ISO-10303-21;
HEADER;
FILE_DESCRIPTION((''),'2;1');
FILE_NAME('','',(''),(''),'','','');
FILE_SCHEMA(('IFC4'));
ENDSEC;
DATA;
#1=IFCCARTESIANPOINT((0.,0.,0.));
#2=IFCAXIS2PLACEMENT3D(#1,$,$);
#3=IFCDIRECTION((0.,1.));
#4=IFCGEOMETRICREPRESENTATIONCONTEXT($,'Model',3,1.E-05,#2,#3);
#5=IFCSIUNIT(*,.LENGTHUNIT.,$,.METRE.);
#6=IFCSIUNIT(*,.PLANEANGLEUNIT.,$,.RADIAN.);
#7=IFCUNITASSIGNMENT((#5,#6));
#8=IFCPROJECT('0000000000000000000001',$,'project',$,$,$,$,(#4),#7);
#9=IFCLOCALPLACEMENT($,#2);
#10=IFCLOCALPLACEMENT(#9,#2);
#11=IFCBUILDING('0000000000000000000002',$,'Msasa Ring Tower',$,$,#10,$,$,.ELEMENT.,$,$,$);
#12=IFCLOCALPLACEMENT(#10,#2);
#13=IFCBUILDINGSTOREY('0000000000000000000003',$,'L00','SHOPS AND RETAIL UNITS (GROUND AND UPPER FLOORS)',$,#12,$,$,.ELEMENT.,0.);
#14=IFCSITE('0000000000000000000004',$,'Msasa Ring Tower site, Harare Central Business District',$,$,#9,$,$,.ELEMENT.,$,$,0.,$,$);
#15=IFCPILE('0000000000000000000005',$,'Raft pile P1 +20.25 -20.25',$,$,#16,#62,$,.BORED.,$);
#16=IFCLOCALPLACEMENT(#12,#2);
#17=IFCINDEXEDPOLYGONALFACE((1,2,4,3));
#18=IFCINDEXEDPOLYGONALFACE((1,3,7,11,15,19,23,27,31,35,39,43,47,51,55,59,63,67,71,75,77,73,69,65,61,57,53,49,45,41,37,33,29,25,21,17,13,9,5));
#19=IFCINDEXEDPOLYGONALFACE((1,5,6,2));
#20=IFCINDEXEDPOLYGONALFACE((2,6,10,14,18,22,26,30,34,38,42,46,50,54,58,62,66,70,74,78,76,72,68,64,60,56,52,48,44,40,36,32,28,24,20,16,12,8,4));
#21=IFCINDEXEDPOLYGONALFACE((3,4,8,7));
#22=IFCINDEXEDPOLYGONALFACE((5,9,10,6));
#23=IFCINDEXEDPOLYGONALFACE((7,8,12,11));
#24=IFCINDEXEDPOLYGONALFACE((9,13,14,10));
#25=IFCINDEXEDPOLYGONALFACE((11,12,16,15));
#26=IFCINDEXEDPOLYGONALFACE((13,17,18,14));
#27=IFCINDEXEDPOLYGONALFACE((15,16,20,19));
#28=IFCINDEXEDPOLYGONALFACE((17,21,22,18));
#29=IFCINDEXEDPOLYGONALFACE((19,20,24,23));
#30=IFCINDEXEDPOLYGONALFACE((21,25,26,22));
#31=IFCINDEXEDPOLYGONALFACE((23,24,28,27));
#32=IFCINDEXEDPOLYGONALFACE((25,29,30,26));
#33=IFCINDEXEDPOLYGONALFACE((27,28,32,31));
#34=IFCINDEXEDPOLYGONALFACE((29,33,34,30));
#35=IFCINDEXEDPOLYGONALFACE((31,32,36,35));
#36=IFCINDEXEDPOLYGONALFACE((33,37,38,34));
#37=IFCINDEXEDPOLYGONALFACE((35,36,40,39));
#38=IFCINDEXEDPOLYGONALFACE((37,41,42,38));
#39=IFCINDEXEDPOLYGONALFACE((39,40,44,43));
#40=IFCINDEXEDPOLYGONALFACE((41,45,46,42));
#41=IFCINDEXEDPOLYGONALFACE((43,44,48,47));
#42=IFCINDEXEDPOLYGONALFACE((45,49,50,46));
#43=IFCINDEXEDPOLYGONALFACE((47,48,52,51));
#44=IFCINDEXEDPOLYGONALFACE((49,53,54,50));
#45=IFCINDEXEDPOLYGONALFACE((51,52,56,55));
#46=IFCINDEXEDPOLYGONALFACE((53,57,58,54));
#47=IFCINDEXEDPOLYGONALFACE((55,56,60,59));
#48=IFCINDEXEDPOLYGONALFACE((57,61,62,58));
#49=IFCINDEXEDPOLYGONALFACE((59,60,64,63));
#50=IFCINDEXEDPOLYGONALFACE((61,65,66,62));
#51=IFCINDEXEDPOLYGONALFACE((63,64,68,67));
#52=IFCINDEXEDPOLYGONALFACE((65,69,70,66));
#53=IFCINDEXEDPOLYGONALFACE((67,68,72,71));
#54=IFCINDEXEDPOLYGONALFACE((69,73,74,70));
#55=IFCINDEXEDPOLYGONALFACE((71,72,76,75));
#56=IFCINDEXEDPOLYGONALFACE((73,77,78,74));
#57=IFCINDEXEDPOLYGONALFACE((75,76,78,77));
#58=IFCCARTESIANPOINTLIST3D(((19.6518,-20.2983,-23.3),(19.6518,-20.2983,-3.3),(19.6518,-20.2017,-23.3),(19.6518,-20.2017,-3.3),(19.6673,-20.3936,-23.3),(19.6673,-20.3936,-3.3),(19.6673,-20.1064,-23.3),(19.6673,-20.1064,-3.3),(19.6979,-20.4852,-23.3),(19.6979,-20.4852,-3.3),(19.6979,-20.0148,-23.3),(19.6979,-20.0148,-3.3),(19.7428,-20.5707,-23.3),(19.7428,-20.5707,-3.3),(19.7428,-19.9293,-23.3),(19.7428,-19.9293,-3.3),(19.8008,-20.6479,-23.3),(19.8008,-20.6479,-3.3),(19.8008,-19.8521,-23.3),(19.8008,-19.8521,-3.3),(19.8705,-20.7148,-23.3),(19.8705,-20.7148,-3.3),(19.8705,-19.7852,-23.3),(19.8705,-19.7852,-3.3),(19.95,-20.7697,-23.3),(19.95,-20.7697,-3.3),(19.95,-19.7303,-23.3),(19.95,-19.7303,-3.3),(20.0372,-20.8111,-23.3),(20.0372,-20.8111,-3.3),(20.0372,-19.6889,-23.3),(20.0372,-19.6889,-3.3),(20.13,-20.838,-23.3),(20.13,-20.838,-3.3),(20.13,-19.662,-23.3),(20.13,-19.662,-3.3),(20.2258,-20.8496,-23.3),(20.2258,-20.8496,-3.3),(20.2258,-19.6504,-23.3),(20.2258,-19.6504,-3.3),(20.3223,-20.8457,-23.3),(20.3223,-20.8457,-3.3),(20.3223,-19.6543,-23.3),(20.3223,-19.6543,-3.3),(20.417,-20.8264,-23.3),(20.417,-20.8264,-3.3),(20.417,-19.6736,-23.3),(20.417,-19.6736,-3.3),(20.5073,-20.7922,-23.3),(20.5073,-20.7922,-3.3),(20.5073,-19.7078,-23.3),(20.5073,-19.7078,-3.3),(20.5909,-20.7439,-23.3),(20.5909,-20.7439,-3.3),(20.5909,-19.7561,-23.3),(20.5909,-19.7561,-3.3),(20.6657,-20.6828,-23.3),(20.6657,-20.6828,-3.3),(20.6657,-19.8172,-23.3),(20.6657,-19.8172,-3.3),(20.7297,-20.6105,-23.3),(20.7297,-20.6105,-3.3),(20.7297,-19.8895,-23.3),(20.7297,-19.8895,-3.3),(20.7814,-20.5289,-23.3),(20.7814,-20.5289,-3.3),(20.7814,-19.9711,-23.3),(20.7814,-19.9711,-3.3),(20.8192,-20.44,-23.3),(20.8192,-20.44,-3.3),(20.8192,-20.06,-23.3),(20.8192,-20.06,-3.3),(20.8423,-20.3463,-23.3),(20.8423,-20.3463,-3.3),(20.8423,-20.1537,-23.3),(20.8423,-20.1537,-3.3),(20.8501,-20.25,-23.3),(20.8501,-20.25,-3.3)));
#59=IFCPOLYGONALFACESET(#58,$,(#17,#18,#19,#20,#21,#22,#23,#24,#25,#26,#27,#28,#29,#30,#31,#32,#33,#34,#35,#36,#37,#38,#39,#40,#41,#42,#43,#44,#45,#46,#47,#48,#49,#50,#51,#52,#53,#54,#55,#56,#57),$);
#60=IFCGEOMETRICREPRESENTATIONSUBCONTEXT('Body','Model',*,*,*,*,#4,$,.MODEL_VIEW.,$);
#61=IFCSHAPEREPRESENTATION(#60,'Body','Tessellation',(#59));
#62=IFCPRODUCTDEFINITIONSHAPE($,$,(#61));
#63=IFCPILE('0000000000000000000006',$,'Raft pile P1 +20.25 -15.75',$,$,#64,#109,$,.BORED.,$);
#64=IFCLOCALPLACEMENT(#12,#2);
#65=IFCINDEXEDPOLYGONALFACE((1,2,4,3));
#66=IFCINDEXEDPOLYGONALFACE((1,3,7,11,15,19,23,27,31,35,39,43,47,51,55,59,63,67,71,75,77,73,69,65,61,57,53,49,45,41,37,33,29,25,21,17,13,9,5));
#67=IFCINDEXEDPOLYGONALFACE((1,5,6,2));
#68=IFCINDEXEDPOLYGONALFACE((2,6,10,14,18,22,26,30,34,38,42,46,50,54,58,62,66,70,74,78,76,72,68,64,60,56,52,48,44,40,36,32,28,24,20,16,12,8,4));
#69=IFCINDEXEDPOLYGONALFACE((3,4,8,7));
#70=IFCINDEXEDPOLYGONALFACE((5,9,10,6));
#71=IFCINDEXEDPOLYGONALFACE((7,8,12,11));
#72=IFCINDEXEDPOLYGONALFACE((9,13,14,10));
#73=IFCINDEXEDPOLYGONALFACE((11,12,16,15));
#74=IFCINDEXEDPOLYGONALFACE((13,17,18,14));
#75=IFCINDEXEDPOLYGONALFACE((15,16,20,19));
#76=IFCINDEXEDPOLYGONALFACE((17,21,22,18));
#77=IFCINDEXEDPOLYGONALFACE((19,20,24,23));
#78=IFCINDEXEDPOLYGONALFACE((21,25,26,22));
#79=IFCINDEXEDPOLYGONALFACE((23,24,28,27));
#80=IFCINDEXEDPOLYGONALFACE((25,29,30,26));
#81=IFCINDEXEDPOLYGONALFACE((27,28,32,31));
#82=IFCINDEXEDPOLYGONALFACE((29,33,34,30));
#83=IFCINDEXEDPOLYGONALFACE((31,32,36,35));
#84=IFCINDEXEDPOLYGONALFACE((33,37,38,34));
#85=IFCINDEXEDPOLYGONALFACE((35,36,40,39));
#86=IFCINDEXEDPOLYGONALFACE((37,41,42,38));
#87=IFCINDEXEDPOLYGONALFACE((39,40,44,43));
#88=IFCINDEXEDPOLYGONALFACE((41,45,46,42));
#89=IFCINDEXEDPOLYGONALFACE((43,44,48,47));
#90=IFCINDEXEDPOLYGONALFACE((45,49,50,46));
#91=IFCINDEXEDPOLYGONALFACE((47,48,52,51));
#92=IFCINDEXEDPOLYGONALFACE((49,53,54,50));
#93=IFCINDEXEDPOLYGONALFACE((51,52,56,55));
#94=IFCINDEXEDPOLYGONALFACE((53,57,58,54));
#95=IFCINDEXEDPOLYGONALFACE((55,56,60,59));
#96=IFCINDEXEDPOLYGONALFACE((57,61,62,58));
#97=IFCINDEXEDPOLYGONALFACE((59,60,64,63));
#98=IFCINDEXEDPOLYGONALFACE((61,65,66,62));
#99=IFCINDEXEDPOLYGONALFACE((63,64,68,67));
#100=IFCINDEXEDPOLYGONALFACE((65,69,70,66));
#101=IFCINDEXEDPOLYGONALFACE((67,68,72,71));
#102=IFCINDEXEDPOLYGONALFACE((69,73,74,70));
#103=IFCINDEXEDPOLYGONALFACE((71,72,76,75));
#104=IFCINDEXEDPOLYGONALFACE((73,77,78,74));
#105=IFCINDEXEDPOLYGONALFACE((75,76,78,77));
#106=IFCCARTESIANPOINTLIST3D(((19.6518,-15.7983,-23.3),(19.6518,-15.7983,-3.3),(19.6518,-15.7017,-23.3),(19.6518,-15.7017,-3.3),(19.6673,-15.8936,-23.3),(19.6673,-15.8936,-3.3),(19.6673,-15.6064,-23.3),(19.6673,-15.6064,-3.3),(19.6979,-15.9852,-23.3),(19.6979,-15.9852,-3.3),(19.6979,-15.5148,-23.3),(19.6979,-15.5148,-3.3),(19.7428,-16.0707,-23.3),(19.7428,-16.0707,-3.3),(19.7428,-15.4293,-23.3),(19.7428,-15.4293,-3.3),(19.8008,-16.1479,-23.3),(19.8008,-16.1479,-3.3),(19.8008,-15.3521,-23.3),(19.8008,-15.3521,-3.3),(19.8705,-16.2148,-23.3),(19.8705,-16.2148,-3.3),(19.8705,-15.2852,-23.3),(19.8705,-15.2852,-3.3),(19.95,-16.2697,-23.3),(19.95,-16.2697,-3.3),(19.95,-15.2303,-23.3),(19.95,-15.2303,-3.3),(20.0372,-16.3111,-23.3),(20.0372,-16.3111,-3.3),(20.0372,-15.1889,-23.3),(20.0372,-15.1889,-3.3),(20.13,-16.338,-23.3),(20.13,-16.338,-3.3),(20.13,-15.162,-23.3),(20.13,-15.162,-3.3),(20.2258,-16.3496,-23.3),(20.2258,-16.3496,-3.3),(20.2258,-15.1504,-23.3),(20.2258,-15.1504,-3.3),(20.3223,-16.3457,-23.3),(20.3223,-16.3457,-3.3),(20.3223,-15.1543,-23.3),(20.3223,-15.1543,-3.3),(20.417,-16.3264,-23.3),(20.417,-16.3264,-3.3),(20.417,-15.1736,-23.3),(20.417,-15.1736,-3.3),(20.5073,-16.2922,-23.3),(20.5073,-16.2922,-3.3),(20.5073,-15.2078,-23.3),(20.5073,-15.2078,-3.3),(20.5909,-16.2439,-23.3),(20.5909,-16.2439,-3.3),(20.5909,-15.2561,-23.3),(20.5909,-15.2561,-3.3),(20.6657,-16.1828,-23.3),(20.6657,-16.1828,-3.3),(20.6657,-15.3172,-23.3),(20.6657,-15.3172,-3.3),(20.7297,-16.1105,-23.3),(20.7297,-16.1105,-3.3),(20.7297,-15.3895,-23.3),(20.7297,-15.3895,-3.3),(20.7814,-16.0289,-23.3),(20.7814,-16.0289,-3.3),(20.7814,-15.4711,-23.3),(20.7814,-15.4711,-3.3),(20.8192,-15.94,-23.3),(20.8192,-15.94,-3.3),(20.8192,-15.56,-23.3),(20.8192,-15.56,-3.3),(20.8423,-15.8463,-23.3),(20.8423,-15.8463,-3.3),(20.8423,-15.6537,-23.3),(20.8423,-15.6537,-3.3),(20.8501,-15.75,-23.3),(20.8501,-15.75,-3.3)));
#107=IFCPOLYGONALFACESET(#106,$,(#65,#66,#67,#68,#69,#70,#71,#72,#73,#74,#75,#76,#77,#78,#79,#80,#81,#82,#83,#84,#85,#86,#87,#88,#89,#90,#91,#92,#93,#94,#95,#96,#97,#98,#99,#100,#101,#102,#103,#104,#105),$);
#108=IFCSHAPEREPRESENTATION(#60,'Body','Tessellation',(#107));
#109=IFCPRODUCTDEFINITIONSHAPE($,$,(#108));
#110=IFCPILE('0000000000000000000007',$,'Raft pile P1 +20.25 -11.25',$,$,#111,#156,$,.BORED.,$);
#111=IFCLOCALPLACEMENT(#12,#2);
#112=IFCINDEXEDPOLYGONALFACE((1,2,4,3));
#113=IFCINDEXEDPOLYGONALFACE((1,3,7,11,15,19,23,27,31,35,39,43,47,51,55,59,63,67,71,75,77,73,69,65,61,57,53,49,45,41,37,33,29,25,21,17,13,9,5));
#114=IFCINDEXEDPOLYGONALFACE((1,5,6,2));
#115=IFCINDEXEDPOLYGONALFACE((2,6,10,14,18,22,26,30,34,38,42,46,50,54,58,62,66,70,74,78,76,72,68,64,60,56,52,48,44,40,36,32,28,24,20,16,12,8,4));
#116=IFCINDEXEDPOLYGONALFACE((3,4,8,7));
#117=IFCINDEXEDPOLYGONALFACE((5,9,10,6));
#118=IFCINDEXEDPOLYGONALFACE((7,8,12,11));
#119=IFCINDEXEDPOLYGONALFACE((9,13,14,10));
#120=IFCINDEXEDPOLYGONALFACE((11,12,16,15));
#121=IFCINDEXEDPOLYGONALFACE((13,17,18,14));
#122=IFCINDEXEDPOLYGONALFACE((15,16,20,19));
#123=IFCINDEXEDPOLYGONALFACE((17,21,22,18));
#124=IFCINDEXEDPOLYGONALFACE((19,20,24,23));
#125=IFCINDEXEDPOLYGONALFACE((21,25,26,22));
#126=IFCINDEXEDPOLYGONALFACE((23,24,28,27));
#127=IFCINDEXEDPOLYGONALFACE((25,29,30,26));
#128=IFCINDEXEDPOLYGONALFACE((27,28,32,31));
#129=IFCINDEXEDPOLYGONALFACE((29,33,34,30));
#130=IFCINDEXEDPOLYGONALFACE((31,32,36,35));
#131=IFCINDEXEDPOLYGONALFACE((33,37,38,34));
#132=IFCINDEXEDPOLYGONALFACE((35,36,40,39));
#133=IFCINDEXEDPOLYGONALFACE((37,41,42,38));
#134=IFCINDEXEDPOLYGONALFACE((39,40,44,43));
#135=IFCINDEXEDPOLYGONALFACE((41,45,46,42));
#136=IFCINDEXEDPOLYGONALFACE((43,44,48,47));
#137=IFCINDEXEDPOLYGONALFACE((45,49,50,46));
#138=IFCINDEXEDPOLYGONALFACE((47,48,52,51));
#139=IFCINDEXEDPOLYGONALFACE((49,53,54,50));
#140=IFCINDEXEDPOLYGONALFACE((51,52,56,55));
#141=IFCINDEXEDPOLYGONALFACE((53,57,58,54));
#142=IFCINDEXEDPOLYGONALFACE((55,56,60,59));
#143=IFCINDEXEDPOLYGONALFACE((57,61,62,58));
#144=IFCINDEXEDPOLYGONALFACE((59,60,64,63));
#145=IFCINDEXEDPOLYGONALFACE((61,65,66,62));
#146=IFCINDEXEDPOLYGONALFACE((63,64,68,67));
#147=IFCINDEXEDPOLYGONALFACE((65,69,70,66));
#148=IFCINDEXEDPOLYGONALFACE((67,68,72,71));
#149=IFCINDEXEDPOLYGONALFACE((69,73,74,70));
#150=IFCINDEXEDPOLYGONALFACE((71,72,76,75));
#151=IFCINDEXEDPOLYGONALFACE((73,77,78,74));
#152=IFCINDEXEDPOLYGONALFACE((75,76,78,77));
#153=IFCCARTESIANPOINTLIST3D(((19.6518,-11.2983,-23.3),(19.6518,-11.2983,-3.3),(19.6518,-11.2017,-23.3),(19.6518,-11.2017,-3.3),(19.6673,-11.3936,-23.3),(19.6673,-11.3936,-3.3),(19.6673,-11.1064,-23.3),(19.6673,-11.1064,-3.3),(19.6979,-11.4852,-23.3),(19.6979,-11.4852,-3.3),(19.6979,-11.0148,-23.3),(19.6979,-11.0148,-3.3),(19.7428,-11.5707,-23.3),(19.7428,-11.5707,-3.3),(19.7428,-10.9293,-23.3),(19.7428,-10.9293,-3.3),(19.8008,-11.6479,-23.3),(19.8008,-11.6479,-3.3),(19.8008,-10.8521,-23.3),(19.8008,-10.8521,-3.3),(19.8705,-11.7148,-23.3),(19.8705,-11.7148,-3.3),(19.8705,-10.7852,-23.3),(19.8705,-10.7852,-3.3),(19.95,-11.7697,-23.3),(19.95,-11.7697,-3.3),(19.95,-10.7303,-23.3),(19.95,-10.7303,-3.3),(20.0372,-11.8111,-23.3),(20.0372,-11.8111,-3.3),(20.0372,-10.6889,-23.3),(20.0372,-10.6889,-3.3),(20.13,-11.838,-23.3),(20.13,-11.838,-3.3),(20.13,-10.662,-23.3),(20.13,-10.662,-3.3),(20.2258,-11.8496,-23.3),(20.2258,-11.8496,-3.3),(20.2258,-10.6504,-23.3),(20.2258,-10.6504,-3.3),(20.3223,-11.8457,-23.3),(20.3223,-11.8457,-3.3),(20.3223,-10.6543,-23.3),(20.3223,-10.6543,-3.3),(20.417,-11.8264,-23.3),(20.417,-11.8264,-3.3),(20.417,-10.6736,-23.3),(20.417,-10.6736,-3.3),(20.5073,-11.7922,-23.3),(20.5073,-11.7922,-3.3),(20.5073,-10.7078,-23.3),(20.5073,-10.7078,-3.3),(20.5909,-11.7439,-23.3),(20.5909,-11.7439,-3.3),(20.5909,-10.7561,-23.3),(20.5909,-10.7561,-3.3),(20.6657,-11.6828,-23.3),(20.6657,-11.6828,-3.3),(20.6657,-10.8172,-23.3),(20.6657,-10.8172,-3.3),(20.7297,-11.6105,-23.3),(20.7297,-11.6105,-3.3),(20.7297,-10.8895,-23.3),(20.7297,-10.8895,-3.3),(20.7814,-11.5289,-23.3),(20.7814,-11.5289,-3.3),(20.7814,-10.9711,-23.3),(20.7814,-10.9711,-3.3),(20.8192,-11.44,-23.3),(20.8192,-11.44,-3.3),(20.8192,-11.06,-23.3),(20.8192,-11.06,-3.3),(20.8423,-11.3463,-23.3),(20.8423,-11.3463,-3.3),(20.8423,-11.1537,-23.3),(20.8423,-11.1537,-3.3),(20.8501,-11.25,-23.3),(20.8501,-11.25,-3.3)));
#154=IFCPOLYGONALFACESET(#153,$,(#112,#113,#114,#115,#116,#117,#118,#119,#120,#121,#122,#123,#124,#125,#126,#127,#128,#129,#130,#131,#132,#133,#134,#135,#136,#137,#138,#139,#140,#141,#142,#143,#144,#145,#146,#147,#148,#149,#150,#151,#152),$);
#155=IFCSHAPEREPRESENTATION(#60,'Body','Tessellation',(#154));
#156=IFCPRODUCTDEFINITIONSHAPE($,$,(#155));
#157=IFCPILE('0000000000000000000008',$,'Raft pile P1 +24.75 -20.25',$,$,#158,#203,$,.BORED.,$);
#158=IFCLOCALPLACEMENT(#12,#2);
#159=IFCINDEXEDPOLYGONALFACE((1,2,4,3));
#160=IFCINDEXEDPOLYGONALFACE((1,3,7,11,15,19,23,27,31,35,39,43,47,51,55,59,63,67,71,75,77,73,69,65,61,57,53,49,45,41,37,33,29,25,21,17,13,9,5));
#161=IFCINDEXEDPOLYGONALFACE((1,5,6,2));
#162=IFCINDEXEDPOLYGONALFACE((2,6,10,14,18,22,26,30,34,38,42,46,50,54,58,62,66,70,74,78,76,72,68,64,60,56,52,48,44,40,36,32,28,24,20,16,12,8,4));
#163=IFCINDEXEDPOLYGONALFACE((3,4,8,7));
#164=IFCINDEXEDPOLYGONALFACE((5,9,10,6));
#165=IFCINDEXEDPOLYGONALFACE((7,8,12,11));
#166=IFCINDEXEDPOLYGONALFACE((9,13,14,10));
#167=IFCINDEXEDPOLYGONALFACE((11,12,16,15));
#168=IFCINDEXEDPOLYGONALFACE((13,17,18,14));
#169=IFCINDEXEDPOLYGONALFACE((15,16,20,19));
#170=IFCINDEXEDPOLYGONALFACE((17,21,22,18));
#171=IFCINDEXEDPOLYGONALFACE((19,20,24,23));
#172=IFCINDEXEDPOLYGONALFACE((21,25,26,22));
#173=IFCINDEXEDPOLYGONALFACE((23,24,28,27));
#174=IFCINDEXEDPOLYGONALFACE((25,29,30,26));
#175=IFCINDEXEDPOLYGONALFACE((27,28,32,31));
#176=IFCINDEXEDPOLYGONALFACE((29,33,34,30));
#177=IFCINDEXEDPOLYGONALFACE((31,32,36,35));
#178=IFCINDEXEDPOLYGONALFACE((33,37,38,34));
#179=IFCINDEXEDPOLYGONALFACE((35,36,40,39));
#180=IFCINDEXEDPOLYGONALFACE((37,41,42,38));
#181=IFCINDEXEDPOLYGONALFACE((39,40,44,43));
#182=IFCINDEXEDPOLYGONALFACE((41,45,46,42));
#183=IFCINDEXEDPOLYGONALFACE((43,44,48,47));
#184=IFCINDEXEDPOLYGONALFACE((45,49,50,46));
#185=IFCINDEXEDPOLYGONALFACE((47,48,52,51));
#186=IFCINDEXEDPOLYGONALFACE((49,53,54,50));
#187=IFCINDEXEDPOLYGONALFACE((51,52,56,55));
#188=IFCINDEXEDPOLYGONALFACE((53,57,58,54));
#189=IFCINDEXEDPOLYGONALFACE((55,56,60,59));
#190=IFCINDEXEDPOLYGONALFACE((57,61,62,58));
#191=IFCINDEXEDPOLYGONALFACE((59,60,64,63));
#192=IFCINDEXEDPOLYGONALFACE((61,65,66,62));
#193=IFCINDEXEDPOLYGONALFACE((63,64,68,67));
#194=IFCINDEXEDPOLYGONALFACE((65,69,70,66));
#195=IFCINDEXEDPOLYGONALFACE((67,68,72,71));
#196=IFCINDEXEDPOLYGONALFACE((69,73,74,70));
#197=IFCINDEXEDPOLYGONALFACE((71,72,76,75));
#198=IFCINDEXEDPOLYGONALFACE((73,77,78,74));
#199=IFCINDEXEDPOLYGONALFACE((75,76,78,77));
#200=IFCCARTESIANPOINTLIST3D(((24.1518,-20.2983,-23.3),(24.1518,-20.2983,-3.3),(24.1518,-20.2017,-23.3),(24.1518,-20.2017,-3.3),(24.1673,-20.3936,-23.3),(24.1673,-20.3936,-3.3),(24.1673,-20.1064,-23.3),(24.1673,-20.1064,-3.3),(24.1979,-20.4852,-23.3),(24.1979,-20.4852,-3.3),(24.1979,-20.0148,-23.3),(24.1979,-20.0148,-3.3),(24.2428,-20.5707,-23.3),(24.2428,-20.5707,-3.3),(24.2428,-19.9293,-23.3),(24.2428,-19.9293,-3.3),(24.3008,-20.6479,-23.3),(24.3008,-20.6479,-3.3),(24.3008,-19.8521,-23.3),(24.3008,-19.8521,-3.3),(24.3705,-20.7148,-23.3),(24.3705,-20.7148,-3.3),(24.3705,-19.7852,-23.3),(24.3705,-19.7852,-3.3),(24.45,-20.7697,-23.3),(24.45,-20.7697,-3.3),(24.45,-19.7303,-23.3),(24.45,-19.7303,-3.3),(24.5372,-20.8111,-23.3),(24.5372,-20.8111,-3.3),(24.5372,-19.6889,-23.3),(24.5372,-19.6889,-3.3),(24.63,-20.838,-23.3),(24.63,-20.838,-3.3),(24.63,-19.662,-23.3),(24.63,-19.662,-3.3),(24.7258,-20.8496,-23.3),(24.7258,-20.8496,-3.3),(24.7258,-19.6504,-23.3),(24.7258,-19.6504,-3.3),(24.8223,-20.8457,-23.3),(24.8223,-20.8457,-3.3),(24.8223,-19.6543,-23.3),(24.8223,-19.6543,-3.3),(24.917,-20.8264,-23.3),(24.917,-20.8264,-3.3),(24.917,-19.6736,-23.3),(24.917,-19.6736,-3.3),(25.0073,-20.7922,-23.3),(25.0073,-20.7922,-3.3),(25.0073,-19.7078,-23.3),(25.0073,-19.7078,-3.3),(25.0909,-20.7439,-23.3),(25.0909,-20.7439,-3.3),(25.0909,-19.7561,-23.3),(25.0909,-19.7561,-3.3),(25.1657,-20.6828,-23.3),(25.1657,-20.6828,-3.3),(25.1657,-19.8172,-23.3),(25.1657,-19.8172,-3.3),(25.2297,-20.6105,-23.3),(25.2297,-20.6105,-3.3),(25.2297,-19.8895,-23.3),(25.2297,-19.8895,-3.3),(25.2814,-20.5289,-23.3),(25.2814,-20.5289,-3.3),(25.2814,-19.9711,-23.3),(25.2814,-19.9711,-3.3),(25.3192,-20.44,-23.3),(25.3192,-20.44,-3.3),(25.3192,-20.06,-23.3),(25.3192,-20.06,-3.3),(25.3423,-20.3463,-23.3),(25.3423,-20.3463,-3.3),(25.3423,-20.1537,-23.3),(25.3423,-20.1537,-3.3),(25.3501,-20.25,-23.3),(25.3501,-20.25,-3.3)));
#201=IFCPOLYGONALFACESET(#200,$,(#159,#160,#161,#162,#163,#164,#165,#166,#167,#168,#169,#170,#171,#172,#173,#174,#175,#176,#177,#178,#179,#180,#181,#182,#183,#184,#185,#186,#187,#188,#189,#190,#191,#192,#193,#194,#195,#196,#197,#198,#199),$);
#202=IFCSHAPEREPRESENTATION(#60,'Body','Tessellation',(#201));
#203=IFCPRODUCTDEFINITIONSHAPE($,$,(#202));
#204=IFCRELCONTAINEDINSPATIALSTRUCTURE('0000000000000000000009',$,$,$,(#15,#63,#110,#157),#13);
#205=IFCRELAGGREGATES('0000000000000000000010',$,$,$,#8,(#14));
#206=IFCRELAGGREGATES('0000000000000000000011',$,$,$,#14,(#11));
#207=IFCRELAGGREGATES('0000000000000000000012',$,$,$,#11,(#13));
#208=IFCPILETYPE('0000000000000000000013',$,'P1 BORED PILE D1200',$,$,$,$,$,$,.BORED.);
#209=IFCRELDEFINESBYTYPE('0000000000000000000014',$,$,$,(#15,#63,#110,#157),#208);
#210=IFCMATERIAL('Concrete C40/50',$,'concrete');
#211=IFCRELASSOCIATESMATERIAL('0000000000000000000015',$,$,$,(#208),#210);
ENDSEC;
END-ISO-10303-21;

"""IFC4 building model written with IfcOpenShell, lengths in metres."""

from ifc_helpers import new_model, si_unit, direction, frame, origin, origin_2d, place, context, subcontext, project, spatial, circle, extrude, material, material_profile, profile_set, type_object, element, save


model = new_model("IFC4")

# Units and contexts
model_context = context("Model", 3, precision=1e-05, world=origin(), true_north=direction((0.0, 1.0)))
body_context = subcontext(model_context, "Body", "Model", "MODEL_VIEW")
ifc_project = project(units=[si_unit("LENGTHUNIT", "METRE"), si_unit("PLANEANGLEUNIT", "RADIAN")], contexts=[model_context])

# Site, building, storey
site_placement = place(None, origin())
site = spatial("IfcSite", under=ifc_project, at=site_placement, Name="Msasa Ring Tower site, Harare Central Business District", CompositionType="ELEMENT", RefElevation=0.0)
building_placement = place(site_placement, origin())
building = spatial("IfcBuilding", under=site, at=building_placement, Name="Msasa Ring Tower", CompositionType="ELEMENT")
storey_placement = place(building_placement, origin())
storey = spatial("IfcBuildingStorey", under=building, at=storey_placement, Name="L00", Description="SHOPS AND RETAIL UNITS (GROUND AND UPPER FLOORS)", CompositionType="ELEMENT", Elevation=0.0)

# Piles
ifc_material_1 = material(Name="Concrete C40/50", Category="concrete")
ifc_material_profile_1 = material_profile(ifc_material_1, circle(Radius=0.6001, at=origin_2d()), Name="D1200")
ifc_profile_set_1 = profile_set([ifc_material_profile_1], Name="Concrete C40/50")
pile_type_1 = type_object("IfcPileType", Name="P1 BORED PILE D1200", PredefinedType="BORED", material=ifc_profile_set_1)
for number, where, z_axis, x_axis, name in (
    (1, (20.25, -20.25, -3.3), (0.0, 0.0, -1.0), (1.0, 0.0, 0.0), "Raft pile P1 +20.25 -20.25"),
    (2, (20.25, -15.75, -3.3), (0.0, 0.0, -1.0), (1.0, 0.0, 0.0), "Raft pile P1 +20.25 -15.75"),
    (3, (20.25, -11.25, -3.3), (0.0, 0.0, -1.0), (1.0, 0.0, 0.0), "Raft pile P1 +20.25 -11.25"),
    (4, (24.75, -20.25, -3.3), (0.0, 0.0, -1.0), (1.0, 0.0, 0.0), "Raft pile P1 +24.75 -20.25"),
):
    element("IfcPile", number, at=place(storey_placement, frame(where, z_axis=z_axis, x_axis=x_axis)), inside=storey, type_object=pile_type_1, Name=name, PredefinedType="BORED", context=body_context, shape_type="SweptSolid", body=[
        extrude(circle(Radius=0.6001, at=origin_2d()), origin(), (0.0, 0.0, 1.0), 20.0),
    ])

save(model, "model.ifc")
